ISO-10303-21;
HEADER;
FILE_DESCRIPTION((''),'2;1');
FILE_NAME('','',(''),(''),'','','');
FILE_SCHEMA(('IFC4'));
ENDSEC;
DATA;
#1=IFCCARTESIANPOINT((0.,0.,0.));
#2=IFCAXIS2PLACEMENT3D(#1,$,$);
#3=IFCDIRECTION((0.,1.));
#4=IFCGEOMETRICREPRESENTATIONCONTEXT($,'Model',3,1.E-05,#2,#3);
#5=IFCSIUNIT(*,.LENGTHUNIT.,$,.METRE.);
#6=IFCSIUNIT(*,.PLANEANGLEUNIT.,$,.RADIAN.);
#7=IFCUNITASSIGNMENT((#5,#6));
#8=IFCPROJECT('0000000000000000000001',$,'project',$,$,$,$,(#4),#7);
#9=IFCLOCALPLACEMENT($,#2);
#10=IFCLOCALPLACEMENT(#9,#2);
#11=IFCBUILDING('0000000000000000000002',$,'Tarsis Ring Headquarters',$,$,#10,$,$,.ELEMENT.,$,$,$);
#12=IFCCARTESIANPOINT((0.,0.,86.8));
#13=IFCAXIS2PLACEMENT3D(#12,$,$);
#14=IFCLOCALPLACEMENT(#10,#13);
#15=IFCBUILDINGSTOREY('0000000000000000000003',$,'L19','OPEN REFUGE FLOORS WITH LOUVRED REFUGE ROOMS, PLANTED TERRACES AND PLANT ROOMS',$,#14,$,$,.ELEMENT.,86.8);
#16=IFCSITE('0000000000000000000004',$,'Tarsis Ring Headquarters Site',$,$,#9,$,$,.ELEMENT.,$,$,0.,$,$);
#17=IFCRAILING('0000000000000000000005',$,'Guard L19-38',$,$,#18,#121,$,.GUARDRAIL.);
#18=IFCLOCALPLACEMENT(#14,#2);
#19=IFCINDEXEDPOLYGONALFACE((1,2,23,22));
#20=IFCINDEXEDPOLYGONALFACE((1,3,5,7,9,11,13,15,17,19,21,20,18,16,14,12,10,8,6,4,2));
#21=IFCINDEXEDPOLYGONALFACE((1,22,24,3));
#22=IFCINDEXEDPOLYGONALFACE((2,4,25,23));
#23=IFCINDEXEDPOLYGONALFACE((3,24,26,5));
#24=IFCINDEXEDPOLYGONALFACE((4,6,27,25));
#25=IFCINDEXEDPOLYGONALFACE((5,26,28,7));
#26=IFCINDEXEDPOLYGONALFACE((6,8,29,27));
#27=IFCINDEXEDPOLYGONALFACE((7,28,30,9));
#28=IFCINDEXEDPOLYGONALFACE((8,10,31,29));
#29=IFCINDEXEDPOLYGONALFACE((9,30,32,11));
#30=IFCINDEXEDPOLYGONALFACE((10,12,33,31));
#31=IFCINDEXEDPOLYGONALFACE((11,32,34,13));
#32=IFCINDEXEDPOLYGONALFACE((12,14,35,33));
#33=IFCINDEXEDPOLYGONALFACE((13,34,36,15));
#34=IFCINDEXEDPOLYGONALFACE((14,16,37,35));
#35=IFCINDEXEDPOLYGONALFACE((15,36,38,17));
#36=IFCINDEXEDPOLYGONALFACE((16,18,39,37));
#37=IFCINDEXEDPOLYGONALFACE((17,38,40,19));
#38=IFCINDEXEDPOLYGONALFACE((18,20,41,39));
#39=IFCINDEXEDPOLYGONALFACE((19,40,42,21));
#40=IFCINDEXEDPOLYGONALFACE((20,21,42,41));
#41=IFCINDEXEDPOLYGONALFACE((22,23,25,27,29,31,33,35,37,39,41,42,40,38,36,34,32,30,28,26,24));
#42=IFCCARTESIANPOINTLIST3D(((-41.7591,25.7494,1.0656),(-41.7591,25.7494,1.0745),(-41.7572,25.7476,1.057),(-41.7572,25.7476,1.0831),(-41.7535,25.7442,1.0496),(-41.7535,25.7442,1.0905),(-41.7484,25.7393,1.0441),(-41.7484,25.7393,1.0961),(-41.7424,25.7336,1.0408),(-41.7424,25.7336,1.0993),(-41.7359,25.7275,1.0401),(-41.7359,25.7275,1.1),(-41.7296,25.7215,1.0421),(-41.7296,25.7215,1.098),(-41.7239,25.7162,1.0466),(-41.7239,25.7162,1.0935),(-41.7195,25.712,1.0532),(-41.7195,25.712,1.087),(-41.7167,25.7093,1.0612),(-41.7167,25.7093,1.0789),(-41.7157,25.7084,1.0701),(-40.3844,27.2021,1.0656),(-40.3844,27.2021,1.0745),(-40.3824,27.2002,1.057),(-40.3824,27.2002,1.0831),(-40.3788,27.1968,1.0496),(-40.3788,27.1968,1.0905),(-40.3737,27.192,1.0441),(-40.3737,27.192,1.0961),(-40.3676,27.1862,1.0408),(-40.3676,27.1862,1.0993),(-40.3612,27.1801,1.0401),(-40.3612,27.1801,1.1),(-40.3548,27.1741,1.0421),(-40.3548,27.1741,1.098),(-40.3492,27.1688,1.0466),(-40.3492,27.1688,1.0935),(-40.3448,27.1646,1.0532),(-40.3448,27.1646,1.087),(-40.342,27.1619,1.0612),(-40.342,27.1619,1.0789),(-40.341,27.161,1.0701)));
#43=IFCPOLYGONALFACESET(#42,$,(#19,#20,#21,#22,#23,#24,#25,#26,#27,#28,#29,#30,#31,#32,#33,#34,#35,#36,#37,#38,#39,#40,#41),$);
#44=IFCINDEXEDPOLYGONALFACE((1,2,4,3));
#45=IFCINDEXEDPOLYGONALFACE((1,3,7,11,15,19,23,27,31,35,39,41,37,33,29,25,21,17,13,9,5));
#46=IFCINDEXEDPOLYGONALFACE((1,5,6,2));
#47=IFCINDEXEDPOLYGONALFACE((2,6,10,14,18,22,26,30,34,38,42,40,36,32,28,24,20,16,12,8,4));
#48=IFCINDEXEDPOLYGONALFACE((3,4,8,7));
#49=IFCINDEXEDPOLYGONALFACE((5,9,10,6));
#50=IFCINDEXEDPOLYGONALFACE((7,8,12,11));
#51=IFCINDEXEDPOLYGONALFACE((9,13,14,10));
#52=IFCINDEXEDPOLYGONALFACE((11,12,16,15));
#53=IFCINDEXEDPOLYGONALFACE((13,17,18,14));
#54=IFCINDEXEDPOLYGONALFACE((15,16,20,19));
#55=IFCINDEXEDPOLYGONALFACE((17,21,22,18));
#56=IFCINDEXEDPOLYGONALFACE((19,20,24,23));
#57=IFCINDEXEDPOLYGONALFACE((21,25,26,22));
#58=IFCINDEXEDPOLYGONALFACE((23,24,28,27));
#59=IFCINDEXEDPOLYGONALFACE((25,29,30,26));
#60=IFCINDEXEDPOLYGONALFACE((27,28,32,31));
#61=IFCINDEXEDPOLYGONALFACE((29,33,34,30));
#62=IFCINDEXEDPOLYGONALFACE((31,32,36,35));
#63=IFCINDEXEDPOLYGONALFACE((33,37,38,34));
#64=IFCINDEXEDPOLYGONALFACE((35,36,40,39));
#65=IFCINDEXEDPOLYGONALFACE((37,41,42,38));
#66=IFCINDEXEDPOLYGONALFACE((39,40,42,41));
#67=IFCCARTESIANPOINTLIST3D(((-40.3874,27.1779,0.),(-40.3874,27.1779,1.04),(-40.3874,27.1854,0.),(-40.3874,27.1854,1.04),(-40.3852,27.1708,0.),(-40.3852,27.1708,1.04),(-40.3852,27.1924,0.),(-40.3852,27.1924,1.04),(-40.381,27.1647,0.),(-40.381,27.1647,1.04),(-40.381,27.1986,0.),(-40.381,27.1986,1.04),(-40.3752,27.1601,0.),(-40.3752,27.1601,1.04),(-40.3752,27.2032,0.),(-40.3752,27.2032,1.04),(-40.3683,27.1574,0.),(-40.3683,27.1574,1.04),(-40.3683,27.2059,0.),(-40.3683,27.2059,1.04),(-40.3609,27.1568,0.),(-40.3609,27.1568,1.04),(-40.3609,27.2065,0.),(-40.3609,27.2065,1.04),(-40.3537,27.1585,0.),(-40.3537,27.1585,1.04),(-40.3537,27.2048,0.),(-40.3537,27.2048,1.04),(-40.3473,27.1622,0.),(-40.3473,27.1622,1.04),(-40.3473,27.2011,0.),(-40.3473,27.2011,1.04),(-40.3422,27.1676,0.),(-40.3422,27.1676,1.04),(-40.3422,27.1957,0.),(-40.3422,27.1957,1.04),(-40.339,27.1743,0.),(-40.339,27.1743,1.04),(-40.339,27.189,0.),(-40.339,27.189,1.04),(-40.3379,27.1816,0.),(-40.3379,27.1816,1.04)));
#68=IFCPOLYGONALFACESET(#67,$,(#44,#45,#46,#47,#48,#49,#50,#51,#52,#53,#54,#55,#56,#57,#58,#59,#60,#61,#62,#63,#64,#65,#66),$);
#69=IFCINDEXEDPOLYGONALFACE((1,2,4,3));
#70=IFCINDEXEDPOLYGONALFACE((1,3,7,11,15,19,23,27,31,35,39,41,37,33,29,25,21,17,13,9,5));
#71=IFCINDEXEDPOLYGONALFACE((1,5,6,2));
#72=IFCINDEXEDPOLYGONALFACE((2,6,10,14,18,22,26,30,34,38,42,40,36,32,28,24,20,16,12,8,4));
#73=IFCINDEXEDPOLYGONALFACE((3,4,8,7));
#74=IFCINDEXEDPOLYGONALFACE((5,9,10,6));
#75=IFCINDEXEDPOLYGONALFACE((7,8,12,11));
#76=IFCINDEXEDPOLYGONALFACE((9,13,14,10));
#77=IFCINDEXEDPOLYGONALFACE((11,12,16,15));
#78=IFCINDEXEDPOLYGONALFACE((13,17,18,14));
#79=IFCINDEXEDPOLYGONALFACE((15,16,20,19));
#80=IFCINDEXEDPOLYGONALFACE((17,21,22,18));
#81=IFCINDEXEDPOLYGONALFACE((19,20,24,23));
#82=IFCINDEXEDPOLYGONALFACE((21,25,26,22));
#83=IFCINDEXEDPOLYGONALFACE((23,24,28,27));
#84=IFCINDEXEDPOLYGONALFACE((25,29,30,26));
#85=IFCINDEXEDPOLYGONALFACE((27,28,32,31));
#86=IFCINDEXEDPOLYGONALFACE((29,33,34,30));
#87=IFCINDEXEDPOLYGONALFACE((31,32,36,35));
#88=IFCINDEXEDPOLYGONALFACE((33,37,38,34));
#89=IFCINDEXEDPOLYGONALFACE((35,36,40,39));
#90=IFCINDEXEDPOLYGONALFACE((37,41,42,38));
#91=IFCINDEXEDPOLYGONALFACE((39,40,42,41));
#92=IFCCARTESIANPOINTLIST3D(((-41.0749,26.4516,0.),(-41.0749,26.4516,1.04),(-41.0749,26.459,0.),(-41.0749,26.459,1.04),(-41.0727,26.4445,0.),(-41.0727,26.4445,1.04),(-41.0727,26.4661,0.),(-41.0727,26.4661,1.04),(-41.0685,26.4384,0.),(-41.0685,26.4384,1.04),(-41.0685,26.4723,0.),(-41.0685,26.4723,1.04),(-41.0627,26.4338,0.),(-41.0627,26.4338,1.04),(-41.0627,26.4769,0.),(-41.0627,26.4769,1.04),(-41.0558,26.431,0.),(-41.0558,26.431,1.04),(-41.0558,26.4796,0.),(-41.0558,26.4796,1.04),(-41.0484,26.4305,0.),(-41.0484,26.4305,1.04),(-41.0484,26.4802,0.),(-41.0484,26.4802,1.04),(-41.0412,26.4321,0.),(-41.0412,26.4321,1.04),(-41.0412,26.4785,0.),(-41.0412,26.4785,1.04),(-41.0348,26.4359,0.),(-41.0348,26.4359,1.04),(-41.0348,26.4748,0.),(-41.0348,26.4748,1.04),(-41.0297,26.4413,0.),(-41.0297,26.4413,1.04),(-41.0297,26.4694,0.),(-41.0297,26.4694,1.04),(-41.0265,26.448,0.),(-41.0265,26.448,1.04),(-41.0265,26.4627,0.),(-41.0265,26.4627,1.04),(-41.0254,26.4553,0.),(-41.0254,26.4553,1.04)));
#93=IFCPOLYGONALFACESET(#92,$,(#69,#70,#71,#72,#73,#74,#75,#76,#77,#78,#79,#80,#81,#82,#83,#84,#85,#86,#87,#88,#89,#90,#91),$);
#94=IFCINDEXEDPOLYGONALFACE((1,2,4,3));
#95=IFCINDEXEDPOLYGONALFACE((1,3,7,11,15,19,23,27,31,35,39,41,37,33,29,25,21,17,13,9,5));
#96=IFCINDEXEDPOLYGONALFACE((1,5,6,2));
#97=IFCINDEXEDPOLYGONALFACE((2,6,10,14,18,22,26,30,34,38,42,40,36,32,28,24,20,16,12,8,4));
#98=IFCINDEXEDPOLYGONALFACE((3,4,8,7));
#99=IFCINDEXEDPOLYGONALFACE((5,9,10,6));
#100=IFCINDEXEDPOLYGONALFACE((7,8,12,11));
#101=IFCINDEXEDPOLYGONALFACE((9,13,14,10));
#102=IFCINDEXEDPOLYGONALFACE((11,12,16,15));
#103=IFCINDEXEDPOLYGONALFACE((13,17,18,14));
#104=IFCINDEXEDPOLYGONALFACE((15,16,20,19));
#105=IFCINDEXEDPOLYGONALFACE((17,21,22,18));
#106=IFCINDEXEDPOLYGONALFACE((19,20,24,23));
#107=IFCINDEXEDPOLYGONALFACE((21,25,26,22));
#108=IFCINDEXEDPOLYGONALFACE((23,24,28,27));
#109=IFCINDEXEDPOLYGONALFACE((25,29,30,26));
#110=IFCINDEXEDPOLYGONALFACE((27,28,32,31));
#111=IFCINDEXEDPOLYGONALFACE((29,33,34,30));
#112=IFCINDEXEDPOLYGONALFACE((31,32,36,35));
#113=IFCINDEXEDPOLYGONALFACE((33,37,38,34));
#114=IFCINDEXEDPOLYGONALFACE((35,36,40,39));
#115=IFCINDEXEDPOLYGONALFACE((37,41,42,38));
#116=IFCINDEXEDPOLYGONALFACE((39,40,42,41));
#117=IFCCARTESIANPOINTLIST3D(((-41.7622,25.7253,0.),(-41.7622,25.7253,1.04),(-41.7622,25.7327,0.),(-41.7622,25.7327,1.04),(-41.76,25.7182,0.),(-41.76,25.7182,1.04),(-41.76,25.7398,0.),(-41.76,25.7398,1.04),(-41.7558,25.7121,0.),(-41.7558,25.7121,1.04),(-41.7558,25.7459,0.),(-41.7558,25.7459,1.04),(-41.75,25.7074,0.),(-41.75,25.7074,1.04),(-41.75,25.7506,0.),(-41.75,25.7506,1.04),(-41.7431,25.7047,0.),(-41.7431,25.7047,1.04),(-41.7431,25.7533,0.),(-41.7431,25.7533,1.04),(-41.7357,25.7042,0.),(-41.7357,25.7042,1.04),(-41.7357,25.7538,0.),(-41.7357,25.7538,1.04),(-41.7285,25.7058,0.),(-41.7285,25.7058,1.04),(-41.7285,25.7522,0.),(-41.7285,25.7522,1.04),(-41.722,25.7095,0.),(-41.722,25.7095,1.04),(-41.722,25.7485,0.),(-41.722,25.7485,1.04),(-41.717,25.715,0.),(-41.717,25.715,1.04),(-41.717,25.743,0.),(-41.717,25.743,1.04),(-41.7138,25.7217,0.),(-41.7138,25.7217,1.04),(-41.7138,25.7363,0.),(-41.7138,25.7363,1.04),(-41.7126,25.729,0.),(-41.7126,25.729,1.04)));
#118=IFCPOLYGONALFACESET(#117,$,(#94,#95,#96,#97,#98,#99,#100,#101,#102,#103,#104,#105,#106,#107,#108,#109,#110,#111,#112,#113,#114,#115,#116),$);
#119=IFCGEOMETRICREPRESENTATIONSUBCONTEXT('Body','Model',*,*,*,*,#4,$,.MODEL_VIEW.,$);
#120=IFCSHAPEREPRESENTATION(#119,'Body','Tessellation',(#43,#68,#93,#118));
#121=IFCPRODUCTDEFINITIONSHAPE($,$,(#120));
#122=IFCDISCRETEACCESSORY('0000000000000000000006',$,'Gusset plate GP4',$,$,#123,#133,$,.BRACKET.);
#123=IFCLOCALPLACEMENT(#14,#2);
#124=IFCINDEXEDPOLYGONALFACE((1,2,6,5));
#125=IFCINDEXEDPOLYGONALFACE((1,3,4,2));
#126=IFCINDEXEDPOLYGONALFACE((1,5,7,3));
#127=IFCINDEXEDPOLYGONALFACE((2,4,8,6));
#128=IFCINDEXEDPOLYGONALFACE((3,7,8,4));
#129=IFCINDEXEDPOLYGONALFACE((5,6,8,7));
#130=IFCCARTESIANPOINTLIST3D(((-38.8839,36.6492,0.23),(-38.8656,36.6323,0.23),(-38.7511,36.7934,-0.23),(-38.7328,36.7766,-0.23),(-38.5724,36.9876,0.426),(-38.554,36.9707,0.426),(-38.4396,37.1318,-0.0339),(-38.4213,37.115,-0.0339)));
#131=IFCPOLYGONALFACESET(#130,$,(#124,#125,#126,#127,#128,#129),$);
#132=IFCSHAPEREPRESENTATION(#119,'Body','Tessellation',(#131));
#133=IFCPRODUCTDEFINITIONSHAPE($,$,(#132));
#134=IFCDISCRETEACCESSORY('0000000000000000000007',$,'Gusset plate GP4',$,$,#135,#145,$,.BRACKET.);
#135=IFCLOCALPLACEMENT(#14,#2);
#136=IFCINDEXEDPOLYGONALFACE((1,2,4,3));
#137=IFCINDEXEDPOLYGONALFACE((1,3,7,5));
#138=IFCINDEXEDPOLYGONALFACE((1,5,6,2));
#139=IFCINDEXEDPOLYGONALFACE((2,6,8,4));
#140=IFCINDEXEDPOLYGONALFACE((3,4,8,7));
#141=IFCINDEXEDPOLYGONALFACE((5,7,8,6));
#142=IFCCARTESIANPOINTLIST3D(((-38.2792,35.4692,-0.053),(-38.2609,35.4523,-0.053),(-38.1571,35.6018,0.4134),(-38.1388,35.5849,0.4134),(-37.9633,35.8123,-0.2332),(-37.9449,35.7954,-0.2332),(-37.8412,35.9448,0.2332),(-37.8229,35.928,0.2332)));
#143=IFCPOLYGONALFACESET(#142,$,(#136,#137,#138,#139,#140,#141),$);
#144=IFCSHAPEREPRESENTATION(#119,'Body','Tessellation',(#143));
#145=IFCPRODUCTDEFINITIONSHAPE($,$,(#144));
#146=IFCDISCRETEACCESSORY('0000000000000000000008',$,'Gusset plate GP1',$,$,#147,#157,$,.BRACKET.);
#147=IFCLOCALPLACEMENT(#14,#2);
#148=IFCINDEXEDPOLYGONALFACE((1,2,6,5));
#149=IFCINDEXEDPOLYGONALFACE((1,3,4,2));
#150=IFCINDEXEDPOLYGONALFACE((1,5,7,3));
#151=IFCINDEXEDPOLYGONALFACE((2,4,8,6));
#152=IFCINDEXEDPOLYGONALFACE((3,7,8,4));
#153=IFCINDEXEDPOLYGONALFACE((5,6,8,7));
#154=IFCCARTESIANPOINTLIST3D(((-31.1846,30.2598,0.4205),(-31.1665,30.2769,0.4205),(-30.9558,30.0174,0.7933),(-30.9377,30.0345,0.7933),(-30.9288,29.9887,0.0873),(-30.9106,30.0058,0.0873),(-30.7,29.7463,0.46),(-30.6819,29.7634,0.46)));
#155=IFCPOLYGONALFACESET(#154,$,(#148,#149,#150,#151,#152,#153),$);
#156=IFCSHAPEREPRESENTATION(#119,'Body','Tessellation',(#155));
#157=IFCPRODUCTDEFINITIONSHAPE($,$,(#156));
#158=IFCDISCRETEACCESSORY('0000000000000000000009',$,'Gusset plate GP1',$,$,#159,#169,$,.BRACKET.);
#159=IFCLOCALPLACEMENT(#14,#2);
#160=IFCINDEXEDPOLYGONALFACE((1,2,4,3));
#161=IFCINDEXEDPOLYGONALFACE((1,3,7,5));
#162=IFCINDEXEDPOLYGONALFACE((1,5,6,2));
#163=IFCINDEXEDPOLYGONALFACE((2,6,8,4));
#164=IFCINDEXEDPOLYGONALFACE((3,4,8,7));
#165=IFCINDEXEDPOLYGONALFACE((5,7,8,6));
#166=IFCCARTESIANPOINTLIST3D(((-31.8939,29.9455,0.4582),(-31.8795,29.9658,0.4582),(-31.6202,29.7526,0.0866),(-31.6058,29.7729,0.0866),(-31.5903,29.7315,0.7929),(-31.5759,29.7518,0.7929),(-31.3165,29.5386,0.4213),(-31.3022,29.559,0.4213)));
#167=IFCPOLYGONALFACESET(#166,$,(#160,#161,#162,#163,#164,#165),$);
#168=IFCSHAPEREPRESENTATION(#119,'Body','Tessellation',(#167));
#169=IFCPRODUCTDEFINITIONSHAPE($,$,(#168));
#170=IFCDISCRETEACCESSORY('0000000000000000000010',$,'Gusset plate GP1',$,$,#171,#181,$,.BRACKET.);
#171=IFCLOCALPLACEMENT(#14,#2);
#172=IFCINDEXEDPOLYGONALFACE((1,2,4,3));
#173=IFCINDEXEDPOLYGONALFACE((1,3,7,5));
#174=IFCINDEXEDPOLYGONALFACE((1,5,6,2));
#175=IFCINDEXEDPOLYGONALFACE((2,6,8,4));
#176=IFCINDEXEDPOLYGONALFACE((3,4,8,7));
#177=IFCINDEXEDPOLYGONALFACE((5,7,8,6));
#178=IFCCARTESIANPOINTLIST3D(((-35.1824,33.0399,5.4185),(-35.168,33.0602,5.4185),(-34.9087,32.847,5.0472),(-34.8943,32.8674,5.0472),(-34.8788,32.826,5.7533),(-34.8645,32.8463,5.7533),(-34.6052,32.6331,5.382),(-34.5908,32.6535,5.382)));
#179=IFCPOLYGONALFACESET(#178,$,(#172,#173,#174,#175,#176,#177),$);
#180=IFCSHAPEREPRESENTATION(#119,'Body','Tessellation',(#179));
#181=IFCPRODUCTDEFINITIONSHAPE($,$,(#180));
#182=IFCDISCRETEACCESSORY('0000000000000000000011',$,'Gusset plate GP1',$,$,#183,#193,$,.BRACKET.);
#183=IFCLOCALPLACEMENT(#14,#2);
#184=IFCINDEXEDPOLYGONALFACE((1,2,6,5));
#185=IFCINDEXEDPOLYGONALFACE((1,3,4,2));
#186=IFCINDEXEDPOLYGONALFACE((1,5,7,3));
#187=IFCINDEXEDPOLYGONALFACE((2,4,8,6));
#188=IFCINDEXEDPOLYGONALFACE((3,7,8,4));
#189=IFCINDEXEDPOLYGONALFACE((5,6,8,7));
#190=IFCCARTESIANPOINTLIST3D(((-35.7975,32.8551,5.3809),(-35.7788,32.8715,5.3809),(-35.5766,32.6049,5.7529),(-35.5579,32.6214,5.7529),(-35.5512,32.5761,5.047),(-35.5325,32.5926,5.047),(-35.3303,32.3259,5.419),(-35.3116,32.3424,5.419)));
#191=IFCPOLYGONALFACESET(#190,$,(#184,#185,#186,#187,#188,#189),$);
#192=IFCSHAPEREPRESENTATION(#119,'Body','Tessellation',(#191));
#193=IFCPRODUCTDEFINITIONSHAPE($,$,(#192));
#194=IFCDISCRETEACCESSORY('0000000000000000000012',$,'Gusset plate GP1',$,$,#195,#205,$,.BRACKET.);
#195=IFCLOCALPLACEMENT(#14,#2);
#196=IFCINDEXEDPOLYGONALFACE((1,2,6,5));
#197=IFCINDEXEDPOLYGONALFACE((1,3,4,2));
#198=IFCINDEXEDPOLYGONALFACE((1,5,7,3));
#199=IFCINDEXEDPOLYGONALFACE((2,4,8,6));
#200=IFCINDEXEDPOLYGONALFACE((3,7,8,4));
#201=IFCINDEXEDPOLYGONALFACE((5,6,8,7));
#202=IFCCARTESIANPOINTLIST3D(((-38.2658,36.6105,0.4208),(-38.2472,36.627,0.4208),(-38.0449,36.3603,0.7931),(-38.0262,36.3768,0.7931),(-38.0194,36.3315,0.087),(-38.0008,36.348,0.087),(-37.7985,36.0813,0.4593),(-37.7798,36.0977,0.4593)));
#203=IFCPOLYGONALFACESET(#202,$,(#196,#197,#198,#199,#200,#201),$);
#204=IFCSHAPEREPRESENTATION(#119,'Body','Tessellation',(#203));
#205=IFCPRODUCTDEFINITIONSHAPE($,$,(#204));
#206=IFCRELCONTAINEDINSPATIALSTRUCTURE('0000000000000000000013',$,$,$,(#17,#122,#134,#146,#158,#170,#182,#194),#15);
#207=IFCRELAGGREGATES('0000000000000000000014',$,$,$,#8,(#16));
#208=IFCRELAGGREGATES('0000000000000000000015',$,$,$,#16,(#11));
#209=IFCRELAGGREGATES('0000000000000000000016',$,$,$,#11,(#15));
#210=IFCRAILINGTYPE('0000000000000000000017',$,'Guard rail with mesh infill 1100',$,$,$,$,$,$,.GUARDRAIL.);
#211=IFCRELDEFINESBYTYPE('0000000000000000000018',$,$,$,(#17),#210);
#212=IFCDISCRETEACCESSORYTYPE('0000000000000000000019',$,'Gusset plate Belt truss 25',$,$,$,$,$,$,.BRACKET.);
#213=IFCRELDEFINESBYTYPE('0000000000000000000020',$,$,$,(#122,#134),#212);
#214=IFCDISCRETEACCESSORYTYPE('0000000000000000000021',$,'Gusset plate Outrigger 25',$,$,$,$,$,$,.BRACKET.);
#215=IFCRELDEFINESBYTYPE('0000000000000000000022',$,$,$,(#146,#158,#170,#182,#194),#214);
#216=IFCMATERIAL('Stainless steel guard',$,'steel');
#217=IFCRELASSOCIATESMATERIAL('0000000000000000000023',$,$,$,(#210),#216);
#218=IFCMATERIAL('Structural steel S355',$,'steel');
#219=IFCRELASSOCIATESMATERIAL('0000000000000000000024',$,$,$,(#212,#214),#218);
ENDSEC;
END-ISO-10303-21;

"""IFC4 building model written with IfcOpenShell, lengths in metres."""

from ifc_helpers import new_model, si_unit, direction, frame, origin, origin_2d, place, context, subcontext, project, spatial, rectangle, circle, extrude, material, material_profile, profile_set, type_object, element, save


model = new_model("IFC4")

# Units and contexts
model_context = context("Model", 3, precision=1e-05, world=origin(), true_north=direction((0.0, 1.0)))
body_context = subcontext(model_context, "Body", "Model", "MODEL_VIEW")
ifc_project = project(units=[si_unit("LENGTHUNIT", "METRE"), si_unit("PLANEANGLEUNIT", "RADIAN")], contexts=[model_context])

# Site, building, storey
site_placement = place(None, origin())
site = spatial("IfcSite", under=ifc_project, at=site_placement, Name="Tarsis Ring Headquarters Site", CompositionType="ELEMENT", RefElevation=0.0)
building_placement = place(site_placement, origin())
building = spatial("IfcBuilding", under=site, at=building_placement, Name="Tarsis Ring Headquarters", CompositionType="ELEMENT")
storey_placement = place(building_placement, frame((0.0, 0.0, 86.8)))
storey = spatial("IfcBuildingStorey", under=building, at=storey_placement, Name="L19", Description="OPEN REFUGE FLOORS WITH LOUVRED REFUGE ROOMS, PLANTED TERRACES AND PLANT ROOMS", CompositionType="ELEMENT", Elevation=86.8)

# Shared definitions
ifc_material_1 = material(Name="Structural steel S355", Category="steel")

# Railing
ifc_material_2 = material(Name="Stainless steel guard", Category="steel")
railing_type_1 = type_object("IfcRailingType", Name="Guard rail with mesh infill 1100", PredefinedType="GUARDRAIL", material=ifc_material_2)
railing_1_placement = place(storey_placement, frame((-40.3628, 27.1816, 0.0)))
element("IfcRailing", 1, at=railing_1_placement, inside=storey, type_object=railing_type_1, Name="Guard L19-38", PredefinedType="GUARDRAIL", context=body_context, shape_type="SweptSolid", body=[
    extrude(circle(Radius=0.03, at=origin_2d()), frame((0.0, 0.0, 1.0701), z_axis=(-0.687369, -0.726309, 0.0), x_axis=(0.726309, -0.687369, 0.0)), (0.0, 0.0, 1.0), 2.0),
    extrude(circle(Radius=0.0249, at=origin_2d()), origin(), (0.0, 0.0, 1.0), 1.04),
    extrude(circle(Radius=0.0249, at=origin_2d()), frame((-0.6875, -0.7263, 0.0)), (0.0, 0.0, 1.0), 1.04),
    extrude(circle(Radius=0.0249, at=origin_2d()), frame((-1.3748, -1.4526, 0.0)), (0.0, 0.0, 1.0), 1.04),
])

# Discrete accessories
ifc_material_profile_1 = material_profile(ifc_material_1, rectangle(XDim=0.0249, YDim=0.5, at=origin_2d()), Name="PL 25x500")
ifc_profile_set_1 = profile_set([ifc_material_profile_1], Name="Structural steel S355")
discrete_accessory_type_1 = type_object("IfcDiscreteAccessoryType", Name="Gusset plate Belt truss 25", PredefinedType="BRACKET", material=ifc_profile_set_1)
for number, where, z_axis, x_axis, name in (
    (2, (-38.8083, 36.7129, 0.0), (0.623071, 0.676784, 0.392105), (-0.735698, 0.677309, 0.0), "Gusset plate GP4"),
    (3, (-37.8931, 35.8701, 0.0), (-0.631926, -0.686133, 0.360403), (0.735566, -0.677453, 0.0), "Gusset plate GP4"),
):
    element("IfcDiscreteAccessory", number, at=place(storey_placement, frame(where, z_axis=z_axis, x_axis=x_axis)), inside=storey, type_object=discrete_accessory_type_1, Name=name, PredefinedType="BRACKET", context=body_context, shape_type="SweptSolid", body=[
        extrude(rectangle(XDim=0.0249, YDim=0.5, at=origin_2d()), origin(), (0.0, 0.0, 1.0), 0.5),
    ])
discrete_accessory_type_2 = type_object("IfcDiscreteAccessoryType", Name="Gusset plate Outrigger 25", PredefinedType="BRACKET", material=ifc_profile_set_1)
discrete_accessory_1_placement = place(storey_placement, frame((-31.0476, 30.1328, 0.2539), z_axis=(0.457441, -0.48478, 0.745477), x_axis=(0.727318, 0.686301, 0.0)))
element("IfcDiscreteAccessory", 4, at=discrete_accessory_1_placement, inside=storey, type_object=discrete_accessory_type_2, Name="Gusset plate GP1", PredefinedType="BRACKET", context=body_context, shape_type="SweptSolid", body=[
    extrude(rectangle(XDim=0.0249, YDim=0.5, at=origin_2d()), origin(), (0.0, 0.0, 1.0), 0.5),
])
discrete_accessory_2_placement = place(storey_placement, frame((-31.4612, 29.6558, 0.2539), z_axis=(-0.547173, 0.385608, 0.742905), x_axis=(-0.576053, -0.817412, 0.0)))
element("IfcDiscreteAccessory", 5, at=discrete_accessory_2_placement, inside=storey, type_object=discrete_accessory_type_2, Name="Gusset plate GP1", PredefinedType="BRACKET", context=body_context, shape_type="SweptSolid", body=[
    extrude(rectangle(XDim=0.0249, YDim=0.5, at=origin_2d()), origin(), (0.0, 0.0, 1.0), 0.5002),
])
discrete_accessory_3_placement = place(storey_placement, frame((-35.0234, 32.9431, 5.5859), z_axis=(0.547371, -0.385748, -0.742687), x_axis=(0.576053, 0.817412, 0.0)))
element("IfcDiscreteAccessory", 6, at=discrete_accessory_3_placement, inside=storey, type_object=discrete_accessory_type_2, Name="Gusset plate GP1", PredefinedType="BRACKET", context=body_context, shape_type="SweptSolid", body=[
    extrude(rectangle(XDim=0.0249, YDim=0.5, at=origin_2d()), origin(), (0.0, 0.0, 1.0), 0.5),
])
discrete_accessory_4_placement = place(storey_placement, frame((-35.4441, 32.4736, 5.5859), z_axis=(-0.442004, 0.500612, -0.744325), x_axis=(-0.749624, -0.661863, 0.0)))
element("IfcDiscreteAccessory", 7, at=discrete_accessory_4_placement, inside=storey, type_object=discrete_accessory_type_2, Name="Gusset plate GP1", PredefinedType="BRACKET", context=body_context, shape_type="SweptSolid", body=[
    extrude(rectangle(XDim=0.0249, YDim=0.5, at=origin_2d()), origin(), (0.0, 0.0, 1.0), 0.4998),
])
discrete_accessory_5_placement = place(storey_placement, frame((-38.1333, 36.4792, 0.2539), z_axis=(0.441843, -0.50043, 0.744543), x_axis=(0.749624, 0.661863, 0.0)))
element("IfcDiscreteAccessory", 8, at=discrete_accessory_5_placement, inside=storey, type_object=discrete_accessory_type_2, Name="Gusset plate GP1", PredefinedType="BRACKET", context=body_context, shape_type="SweptSolid", body=[
    extrude(rectangle(XDim=0.0249, YDim=0.5, at=origin_2d()), origin(), (0.0, 0.0, 1.0), 0.5),
])

save(model, "model.ifc")
